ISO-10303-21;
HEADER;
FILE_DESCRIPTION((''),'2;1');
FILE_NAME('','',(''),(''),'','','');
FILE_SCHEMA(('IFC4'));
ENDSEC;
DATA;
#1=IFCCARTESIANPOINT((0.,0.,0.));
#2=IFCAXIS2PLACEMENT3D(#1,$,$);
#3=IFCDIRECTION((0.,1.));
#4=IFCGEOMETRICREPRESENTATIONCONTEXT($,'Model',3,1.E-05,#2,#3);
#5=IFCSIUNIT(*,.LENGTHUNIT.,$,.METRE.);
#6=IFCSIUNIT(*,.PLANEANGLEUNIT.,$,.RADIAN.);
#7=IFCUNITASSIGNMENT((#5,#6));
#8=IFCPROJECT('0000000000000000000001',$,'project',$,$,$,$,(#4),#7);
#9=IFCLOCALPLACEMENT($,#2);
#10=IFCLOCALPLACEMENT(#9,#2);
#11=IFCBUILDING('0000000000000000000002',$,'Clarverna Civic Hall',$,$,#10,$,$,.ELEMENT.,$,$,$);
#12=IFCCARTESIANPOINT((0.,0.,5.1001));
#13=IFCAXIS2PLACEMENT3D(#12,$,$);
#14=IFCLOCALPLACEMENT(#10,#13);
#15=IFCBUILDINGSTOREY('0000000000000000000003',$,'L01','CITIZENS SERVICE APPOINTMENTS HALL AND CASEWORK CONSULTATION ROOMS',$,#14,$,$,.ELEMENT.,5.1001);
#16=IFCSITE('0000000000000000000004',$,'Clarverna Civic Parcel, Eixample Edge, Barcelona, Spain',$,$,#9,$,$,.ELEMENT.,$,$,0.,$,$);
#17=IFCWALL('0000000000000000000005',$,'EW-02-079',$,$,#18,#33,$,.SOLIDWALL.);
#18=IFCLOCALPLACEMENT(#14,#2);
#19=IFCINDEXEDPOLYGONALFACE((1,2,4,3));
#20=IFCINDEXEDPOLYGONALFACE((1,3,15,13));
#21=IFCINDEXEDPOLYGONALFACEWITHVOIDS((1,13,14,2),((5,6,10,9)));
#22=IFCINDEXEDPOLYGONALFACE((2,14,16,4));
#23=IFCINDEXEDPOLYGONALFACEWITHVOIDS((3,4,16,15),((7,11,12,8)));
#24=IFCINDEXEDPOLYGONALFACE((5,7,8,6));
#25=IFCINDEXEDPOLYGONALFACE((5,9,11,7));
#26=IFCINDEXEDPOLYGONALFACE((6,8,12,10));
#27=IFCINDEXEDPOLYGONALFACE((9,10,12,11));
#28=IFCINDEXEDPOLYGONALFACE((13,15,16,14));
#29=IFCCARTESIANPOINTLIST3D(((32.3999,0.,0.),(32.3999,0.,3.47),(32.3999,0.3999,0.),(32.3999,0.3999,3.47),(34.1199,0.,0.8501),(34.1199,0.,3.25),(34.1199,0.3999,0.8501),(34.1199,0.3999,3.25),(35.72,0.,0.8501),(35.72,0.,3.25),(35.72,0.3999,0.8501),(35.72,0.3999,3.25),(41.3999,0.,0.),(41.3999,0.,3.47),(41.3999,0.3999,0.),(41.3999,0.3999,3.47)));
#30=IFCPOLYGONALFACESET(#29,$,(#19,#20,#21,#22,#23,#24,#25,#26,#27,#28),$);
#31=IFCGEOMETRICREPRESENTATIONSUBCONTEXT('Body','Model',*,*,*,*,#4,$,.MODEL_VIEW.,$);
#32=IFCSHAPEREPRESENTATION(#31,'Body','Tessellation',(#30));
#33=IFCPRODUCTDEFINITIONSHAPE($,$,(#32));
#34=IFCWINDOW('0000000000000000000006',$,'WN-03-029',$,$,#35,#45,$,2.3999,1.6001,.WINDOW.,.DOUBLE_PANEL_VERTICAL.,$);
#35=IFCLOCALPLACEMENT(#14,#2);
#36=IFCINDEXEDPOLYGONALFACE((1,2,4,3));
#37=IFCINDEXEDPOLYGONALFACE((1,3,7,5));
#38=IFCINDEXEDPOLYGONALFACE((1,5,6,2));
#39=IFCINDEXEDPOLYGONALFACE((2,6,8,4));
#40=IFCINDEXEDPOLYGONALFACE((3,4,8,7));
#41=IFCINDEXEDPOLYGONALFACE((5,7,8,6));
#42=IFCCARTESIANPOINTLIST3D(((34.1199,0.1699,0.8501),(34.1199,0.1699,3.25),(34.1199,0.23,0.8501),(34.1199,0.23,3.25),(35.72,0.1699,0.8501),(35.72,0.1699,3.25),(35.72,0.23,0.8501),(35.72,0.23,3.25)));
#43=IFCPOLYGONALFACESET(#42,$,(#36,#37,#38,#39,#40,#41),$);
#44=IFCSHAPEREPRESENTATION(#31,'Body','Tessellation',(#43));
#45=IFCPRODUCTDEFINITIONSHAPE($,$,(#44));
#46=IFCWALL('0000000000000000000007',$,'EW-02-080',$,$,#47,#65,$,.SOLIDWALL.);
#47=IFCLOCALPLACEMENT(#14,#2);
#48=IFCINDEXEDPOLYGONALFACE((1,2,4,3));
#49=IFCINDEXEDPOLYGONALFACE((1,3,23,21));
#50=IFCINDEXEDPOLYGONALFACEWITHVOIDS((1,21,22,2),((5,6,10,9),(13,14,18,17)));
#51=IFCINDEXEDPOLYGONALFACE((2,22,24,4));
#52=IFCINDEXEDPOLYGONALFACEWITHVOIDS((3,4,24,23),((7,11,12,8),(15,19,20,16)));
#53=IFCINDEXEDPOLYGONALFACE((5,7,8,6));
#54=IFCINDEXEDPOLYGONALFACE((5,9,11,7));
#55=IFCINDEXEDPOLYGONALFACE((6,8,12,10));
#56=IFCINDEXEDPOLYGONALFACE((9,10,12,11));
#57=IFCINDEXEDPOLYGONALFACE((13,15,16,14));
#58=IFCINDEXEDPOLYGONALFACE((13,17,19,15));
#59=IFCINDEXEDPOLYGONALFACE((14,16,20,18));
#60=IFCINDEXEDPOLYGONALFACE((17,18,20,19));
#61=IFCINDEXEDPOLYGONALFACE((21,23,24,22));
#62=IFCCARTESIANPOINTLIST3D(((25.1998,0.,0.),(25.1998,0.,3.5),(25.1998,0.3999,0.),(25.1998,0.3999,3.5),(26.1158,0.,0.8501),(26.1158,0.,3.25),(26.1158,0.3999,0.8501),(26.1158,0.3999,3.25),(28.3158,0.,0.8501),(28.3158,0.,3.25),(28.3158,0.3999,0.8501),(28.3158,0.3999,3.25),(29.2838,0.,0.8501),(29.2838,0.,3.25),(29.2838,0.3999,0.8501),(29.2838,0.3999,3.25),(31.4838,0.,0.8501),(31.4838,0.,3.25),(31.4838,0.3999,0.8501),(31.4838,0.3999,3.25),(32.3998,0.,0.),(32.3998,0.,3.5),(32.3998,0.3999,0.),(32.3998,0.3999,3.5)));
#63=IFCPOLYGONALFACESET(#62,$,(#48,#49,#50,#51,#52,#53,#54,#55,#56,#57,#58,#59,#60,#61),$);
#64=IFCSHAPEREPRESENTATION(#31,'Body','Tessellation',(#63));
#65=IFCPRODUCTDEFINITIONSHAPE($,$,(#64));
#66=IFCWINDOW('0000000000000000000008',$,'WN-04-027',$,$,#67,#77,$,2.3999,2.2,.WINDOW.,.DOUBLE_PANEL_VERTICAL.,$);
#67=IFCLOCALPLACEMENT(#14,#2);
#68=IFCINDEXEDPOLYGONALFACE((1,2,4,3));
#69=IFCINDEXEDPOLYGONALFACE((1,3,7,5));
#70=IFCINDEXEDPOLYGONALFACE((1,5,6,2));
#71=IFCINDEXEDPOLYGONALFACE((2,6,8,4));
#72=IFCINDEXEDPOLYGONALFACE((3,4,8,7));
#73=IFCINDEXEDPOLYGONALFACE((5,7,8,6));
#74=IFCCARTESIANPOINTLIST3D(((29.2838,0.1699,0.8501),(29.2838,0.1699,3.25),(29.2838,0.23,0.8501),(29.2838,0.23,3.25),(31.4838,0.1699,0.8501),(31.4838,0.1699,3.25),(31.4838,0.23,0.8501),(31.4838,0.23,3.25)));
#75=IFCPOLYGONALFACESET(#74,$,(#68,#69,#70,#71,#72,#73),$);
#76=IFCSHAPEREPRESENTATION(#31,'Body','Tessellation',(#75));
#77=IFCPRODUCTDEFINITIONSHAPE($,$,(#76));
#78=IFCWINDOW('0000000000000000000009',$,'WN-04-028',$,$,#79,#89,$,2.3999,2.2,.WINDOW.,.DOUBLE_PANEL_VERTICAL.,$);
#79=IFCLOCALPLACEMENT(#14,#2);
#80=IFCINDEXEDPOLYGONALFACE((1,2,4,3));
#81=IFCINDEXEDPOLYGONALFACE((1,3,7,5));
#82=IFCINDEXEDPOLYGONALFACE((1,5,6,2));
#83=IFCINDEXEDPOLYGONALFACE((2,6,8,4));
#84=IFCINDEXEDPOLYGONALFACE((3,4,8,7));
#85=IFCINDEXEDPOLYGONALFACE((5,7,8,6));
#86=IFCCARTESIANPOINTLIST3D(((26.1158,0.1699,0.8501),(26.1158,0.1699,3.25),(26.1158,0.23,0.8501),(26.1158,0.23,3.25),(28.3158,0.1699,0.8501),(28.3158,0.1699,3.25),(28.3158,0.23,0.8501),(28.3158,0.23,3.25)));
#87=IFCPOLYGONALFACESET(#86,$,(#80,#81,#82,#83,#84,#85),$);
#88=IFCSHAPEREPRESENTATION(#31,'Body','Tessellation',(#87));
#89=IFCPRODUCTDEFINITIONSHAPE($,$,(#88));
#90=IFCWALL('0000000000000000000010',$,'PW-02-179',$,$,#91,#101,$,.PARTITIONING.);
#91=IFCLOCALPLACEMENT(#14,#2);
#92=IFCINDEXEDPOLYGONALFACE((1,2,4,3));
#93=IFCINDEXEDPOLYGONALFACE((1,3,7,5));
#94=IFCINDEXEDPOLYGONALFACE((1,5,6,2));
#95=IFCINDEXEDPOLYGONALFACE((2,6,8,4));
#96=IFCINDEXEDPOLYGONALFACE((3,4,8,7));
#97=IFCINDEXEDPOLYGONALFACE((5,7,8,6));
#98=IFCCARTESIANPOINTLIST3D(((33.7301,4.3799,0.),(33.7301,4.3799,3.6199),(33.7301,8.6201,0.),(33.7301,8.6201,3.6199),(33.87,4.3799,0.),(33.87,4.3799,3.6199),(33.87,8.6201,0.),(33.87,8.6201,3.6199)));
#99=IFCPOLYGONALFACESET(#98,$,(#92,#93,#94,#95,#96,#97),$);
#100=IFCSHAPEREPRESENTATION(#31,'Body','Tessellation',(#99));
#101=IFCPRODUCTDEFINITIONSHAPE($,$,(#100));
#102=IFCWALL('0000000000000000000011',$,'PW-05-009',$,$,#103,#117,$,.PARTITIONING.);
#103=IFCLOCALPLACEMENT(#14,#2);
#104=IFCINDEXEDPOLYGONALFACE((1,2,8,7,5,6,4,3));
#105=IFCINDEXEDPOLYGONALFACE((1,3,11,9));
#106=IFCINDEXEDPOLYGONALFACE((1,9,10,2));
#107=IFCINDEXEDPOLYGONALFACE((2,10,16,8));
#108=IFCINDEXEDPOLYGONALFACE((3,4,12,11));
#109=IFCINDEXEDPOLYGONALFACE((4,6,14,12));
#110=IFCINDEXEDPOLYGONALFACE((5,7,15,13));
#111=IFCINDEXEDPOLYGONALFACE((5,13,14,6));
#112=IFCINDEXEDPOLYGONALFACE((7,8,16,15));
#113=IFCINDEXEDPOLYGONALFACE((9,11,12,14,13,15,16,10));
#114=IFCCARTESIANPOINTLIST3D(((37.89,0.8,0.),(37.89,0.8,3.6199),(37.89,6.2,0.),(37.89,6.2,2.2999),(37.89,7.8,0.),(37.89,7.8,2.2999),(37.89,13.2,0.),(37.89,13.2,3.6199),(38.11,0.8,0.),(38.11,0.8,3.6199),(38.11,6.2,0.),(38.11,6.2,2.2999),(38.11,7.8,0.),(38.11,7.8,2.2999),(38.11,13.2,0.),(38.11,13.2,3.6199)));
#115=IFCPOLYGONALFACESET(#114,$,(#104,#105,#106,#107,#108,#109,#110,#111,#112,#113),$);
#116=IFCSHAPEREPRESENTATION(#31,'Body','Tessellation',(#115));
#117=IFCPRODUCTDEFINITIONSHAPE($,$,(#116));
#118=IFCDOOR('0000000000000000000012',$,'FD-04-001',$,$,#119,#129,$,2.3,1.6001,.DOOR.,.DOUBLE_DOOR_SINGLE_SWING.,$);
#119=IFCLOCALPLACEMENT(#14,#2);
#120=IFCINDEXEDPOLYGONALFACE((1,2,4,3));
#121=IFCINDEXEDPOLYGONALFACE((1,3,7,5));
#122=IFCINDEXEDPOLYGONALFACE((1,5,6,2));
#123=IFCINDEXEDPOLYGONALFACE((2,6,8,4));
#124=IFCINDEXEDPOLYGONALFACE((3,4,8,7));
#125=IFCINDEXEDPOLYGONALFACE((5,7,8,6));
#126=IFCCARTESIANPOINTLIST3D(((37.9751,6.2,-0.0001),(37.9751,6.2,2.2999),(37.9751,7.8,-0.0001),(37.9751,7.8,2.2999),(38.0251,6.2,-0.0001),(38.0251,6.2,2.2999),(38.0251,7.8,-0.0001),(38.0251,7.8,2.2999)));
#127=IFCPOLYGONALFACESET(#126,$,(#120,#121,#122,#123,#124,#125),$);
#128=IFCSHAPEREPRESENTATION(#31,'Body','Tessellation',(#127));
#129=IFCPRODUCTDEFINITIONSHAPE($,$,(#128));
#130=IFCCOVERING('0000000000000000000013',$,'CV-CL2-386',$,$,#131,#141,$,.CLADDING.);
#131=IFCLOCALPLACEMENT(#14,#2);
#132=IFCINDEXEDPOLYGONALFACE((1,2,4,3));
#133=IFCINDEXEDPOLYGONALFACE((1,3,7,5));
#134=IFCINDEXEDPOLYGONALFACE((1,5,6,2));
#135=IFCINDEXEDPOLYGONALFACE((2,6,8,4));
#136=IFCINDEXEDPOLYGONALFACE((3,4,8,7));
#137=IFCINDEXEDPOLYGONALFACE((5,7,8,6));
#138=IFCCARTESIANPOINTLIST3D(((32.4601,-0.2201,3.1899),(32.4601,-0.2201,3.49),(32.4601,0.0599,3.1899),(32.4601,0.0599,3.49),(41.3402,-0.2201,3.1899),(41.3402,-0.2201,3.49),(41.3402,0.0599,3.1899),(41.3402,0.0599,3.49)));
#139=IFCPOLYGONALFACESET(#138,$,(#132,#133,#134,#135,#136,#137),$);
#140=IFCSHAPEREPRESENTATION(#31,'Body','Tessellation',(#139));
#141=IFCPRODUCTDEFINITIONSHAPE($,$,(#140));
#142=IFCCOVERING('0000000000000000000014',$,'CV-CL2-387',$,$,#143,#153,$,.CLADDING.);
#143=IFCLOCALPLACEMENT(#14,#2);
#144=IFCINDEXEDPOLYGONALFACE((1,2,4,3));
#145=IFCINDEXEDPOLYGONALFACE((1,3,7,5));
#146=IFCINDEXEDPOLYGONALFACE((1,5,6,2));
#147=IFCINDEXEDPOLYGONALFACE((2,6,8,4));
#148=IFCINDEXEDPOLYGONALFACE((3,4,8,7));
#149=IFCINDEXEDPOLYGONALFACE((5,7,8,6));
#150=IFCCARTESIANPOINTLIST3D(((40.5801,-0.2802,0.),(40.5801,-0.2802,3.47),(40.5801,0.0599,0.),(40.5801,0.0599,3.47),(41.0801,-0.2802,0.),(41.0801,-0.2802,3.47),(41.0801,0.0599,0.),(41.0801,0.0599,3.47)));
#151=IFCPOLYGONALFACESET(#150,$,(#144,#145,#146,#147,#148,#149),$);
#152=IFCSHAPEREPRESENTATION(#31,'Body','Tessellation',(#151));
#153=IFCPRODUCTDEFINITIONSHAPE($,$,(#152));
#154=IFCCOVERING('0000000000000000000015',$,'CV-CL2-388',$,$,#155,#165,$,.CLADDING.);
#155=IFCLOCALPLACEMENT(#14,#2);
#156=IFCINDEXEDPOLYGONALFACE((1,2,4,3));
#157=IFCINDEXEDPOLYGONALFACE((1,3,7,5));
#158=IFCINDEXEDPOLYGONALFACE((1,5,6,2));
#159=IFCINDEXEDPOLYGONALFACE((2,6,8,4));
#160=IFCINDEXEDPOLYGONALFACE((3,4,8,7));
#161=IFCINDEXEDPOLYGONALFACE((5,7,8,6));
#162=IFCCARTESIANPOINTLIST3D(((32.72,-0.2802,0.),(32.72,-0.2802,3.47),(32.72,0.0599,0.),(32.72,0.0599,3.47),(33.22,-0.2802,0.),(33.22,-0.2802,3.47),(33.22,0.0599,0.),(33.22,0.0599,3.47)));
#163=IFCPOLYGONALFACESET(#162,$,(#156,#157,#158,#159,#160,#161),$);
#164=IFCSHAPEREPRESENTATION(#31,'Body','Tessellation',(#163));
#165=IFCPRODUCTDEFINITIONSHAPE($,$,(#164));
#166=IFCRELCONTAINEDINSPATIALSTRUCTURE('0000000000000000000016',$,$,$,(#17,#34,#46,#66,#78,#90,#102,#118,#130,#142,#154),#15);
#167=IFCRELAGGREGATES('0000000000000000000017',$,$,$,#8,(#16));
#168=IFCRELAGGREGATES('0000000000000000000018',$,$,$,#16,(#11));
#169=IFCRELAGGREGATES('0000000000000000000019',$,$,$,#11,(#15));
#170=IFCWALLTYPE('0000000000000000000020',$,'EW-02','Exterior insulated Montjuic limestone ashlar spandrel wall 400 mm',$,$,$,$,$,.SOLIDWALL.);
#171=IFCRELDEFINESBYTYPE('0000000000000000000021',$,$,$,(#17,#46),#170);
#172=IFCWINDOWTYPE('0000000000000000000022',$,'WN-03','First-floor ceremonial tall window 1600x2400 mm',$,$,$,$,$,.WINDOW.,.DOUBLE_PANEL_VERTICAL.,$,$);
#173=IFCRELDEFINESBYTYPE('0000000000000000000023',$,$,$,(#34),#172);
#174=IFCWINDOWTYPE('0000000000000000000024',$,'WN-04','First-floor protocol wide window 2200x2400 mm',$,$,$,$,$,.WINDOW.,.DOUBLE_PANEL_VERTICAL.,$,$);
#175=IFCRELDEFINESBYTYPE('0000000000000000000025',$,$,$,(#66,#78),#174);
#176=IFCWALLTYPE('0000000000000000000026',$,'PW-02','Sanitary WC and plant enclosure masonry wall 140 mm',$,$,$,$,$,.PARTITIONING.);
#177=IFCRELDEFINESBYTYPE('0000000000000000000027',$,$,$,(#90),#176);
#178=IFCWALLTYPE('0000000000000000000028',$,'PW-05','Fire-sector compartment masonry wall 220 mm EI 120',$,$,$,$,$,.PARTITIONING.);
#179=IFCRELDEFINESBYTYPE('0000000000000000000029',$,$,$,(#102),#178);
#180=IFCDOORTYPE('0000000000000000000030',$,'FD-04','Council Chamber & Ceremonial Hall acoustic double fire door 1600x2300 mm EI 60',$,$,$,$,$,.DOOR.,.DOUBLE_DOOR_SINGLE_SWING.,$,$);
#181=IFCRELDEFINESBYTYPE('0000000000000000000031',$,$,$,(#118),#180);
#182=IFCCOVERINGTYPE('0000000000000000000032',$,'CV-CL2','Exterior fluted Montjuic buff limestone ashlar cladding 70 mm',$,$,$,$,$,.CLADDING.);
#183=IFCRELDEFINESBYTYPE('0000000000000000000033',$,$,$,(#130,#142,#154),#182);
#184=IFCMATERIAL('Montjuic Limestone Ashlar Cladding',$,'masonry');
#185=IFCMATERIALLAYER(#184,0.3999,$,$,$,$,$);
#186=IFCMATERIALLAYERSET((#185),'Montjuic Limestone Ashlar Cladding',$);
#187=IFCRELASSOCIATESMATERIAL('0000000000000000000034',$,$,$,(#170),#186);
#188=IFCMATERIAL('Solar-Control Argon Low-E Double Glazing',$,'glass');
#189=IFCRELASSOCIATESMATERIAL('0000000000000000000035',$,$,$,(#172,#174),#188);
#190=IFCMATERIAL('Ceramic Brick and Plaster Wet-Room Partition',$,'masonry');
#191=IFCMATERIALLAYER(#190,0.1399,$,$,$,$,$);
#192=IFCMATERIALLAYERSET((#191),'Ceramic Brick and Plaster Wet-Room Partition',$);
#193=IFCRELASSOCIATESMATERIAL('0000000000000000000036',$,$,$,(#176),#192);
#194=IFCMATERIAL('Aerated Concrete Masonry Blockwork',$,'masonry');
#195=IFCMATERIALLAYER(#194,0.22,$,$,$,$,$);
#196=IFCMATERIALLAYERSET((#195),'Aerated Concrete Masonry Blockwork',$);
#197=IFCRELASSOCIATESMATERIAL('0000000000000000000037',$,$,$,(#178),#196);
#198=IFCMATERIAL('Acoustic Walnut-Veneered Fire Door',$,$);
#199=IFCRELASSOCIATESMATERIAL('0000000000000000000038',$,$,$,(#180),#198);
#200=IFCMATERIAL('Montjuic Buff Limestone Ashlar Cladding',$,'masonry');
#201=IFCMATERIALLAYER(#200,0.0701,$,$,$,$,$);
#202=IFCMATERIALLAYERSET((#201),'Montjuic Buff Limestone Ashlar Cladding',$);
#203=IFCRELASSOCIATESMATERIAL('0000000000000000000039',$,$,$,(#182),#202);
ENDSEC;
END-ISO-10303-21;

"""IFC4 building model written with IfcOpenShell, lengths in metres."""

from ifc_helpers import new_model, si_unit, direction, frame, frame_2d, origin, place, context, subcontext, project, spatial, rectangle, extrude, material, layer, layer_set, type_object, element, fill, save


model = new_model("IFC4")

# Units and contexts
model_context = context("Model", 3, precision=1e-05, world=origin(), true_north=direction((0.0, 1.0)))
body_context = subcontext(model_context, "Body", "Model", "MODEL_VIEW")
ifc_project = project(units=[si_unit("LENGTHUNIT", "METRE"), si_unit("PLANEANGLEUNIT", "RADIAN")], contexts=[model_context])

# Site, building, storey
site_placement = place(None, origin())
site = spatial("IfcSite", under=ifc_project, at=site_placement, Name="Clarverna Civic Parcel, Eixample Edge, Barcelona, Spain", CompositionType="ELEMENT", RefElevation=0.0)
building_placement = place(site_placement, origin())
building = spatial("IfcBuilding", under=site, at=building_placement, Name="Clarverna Civic Hall", CompositionType="ELEMENT")
storey_placement = place(building_placement, frame((0.0, 0.0, 5.1001)))
storey = spatial("IfcBuildingStorey", under=building, at=storey_placement, Name="L01", Description="CITIZENS SERVICE APPOINTMENTS HALL AND CASEWORK CONSULTATION ROOMS", CompositionType="ELEMENT", Elevation=5.1001)

# Wall, opening, window
ifc_material_1 = material(Name="Montjuic Limestone Ashlar Cladding", Category="masonry")
ifc_layer_1 = layer(ifc_material_1, 0.3999)
ifc_layer_set_1 = layer_set([ifc_layer_1], Name="Montjuic Limestone Ashlar Cladding")
wall_type_1 = type_object("IfcWallType", Name="EW-02", Description="Exterior insulated Montjuic limestone ashlar spandrel wall 400 mm", PredefinedType="SOLIDWALL", material=ifc_layer_set_1)
wall_1_placement = place(storey_placement, frame((41.3999, 0.2, 0.0), z_axis=(0.0, 0.0, 1.0), x_axis=(-1.0, 0.0, 0.0)))
wall_1 = element("IfcWall", 1, at=wall_1_placement, inside=storey, type_object=wall_type_1, Name="EW-02-079", PredefinedType="SOLIDWALL", context=body_context, shape_type="SweptSolid", body=[
    extrude(rectangle(XDim=9.0, YDim=0.3999, at=frame_2d((4.5, 0.0))), origin(), (0.0, 0.0, 1.0), 3.47),
])
opening_1_placement = place(wall_1_placement, frame((5.6799, 0.0, 0.8501)))
opening_1 = element("IfcOpeningElement", 2, at=opening_1_placement, cuts=wall_1, PredefinedType="OPENING", context=body_context, shape_type="SweptSolid", body=[
    extrude(rectangle(XDim=1.6001, YDim=2.3999, at=frame_2d((0.8, 1.2))), frame((0.0, 0.21, 0.0), z_axis=(0.0, -1.0, 0.0), x_axis=(1.0, 0.0, 0.0)), (0.0, 0.0, 1.0), 0.4199),
])
ifc_material_2 = material(Name="Solar-Control Argon Low-E Double Glazing", Category="glass")
window_type_1 = type_object("IfcWindowType", Name="WN-03", Description="First-floor ceremonial tall window 1600x2400 mm", PartitioningType="DOUBLE_PANEL_VERTICAL", PredefinedType="WINDOW", material=ifc_material_2)
window_1_placement = place(opening_1_placement, origin())
window_1 = element("IfcWindow", 3, at=window_1_placement, inside=storey, type_object=window_type_1, Name="WN-03-029", OverallHeight=2.3999, OverallWidth=1.6001, PartitioningType="DOUBLE_PANEL_VERTICAL", PredefinedType="WINDOW", context=body_context, shape_type="SweptSolid", body=[
    extrude(rectangle(XDim=1.6001, YDim=2.3999, at=frame_2d((0.8, 1.2))), frame((0.0, 0.03, 0.0), z_axis=(0.0, -1.0, 0.0), x_axis=(1.0, 0.0, 0.0)), (0.0, 0.0, 1.0), 0.0601),
])
fill(opening_1, window_1)

# Wall, openings, windows
wall_2_placement = place(storey_placement, frame((32.3999, 0.2, 0.0), z_axis=(0.0, 0.0, 1.0), x_axis=(-1.0, 0.0, 0.0)))
wall_2 = element("IfcWall", 4, at=wall_2_placement, inside=storey, type_object=wall_type_1, Name="EW-02-080", PredefinedType="SOLIDWALL", context=body_context, shape_type="SweptSolid", body=[
    extrude(rectangle(XDim=7.2, YDim=0.3999, at=frame_2d((3.6001, 0.0))), origin(), (0.0, 0.0, 1.0), 3.5),
])
opening_2_placement = place(wall_2_placement, frame((0.916, 0.0, 0.8501)))
opening_2 = element("IfcOpeningElement", 5, at=opening_2_placement, cuts=wall_2, PredefinedType="OPENING", context=body_context, shape_type="SweptSolid", body=[
    extrude(rectangle(XDim=2.2, YDim=2.3999, at=frame_2d((1.1001, 1.2))), frame((0.0, 0.21, 0.0), z_axis=(0.0, -1.0, 0.0), x_axis=(1.0, 0.0, 0.0)), (0.0, 0.0, 1.0), 0.4199),
])
opening_3_placement = place(wall_2_placement, frame((4.084, 0.0, 0.8501)))
opening_3 = element("IfcOpeningElement", 6, at=opening_3_placement, cuts=wall_2, PredefinedType="OPENING", context=body_context, shape_type="SweptSolid", body=[
    extrude(rectangle(XDim=2.2, YDim=2.3999, at=frame_2d((1.1001, 1.2))), frame((0.0, 0.21, 0.0), z_axis=(0.0, -1.0, 0.0), x_axis=(1.0, 0.0, 0.0)), (0.0, 0.0, 1.0), 0.4199),
])
window_type_2 = type_object("IfcWindowType", Name="WN-04", Description="First-floor protocol wide window 2200x2400 mm", PartitioningType="DOUBLE_PANEL_VERTICAL", PredefinedType="WINDOW", material=ifc_material_2)
window_2_placement = place(opening_2_placement, origin())
window_2 = element("IfcWindow", 7, at=window_2_placement, inside=storey, type_object=window_type_2, Name="WN-04-027", OverallHeight=2.3999, OverallWidth=2.2, PartitioningType="DOUBLE_PANEL_VERTICAL", PredefinedType="WINDOW", context=body_context, shape_type="SweptSolid", body=[
    extrude(rectangle(XDim=2.2, YDim=2.3999, at=frame_2d((1.1001, 1.2))), frame((0.0, 0.03, 0.0), z_axis=(0.0, -1.0, 0.0), x_axis=(1.0, 0.0, 0.0)), (0.0, 0.0, 1.0), 0.0601),
])
fill(opening_2, window_2)
window_3_placement = place(opening_3_placement, origin())
window_3 = element("IfcWindow", 8, at=window_3_placement, inside=storey, type_object=window_type_2, Name="WN-04-028", OverallHeight=2.3999, OverallWidth=2.2, PartitioningType="DOUBLE_PANEL_VERTICAL", PredefinedType="WINDOW", context=body_context, shape_type="SweptSolid", body=[
    extrude(rectangle(XDim=2.2, YDim=2.3999, at=frame_2d((1.1001, 1.2))), frame((0.0, 0.03, 0.0), z_axis=(0.0, -1.0, 0.0), x_axis=(1.0, 0.0, 0.0)), (0.0, 0.0, 1.0), 0.0601),
])
fill(opening_3, window_3)

# Wall
ifc_material_3 = material(Name="Ceramic Brick and Plaster Wet-Room Partition", Category="masonry")
ifc_layer_2 = layer(ifc_material_3, 0.1399)
ifc_layer_set_2 = layer_set([ifc_layer_2], Name="Ceramic Brick and Plaster Wet-Room Partition")
wall_type_2 = type_object("IfcWallType", Name="PW-02", Description="Sanitary WC and plant enclosure masonry wall 140 mm", PredefinedType="PARTITIONING", material=ifc_layer_set_2)
wall_3_placement = place(storey_placement, frame((33.8, 4.3799, 0.0), z_axis=(0.0, 0.0, 1.0), x_axis=(0.0, 1.0, 0.0)))
element("IfcWall", 9, at=wall_3_placement, inside=storey, type_object=wall_type_2, Name="PW-02-179", PredefinedType="PARTITIONING", context=body_context, shape_type="SweptSolid", body=[
    extrude(rectangle(XDim=4.2402, YDim=0.1399, at=frame_2d((2.1201, 0.0))), origin(), (0.0, 0.0, 1.0), 3.6199),
])

# Wall, opening, door
ifc_material_4 = material(Name="Aerated Concrete Masonry Blockwork", Category="masonry")
ifc_layer_3 = layer(ifc_material_4, 0.22)
ifc_layer_set_3 = layer_set([ifc_layer_3], Name="Aerated Concrete Masonry Blockwork")
wall_type_3 = type_object("IfcWallType", Name="PW-05", Description="Fire-sector compartment masonry wall 220 mm EI 120", PredefinedType="PARTITIONING", material=ifc_layer_set_3)
wall_4_placement = place(storey_placement, frame((38.0, 0.8, 0.0), z_axis=(0.0, 0.0, 1.0), x_axis=(0.0, 1.0, 0.0)))
wall_4 = element("IfcWall", 10, at=wall_4_placement, inside=storey, type_object=wall_type_3, Name="PW-05-009", PredefinedType="PARTITIONING", context=body_context, shape_type="SweptSolid", body=[
    extrude(rectangle(XDim=12.3999, YDim=0.22, at=frame_2d((6.2, 0.0))), origin(), (0.0, 0.0, 1.0), 3.6199),
])
opening_4_placement = place(wall_4_placement, frame((5.3999, 0.0, 0.0)))
opening_4 = element("IfcOpeningElement", 11, at=opening_4_placement, cuts=wall_4, PredefinedType="OPENING", context=body_context, shape_type="SweptSolid", body=[
    extrude(rectangle(XDim=1.6001, YDim=2.3, at=frame_2d((0.8, 1.1499))), frame((0.0, 0.1199, 0.0), z_axis=(0.0, -1.0, 0.0), x_axis=(1.0, 0.0, 0.0)), (0.0, 0.0, 1.0), 0.24),
])
ifc_material_5 = material(Name="Acoustic Walnut-Veneered Fire Door")
door_type = type_object("IfcDoorType", Name="FD-04", Description="Council Chamber & Ceremonial Hall acoustic double fire door 1600x2300 mm EI 60", OperationType="DOUBLE_DOOR_SINGLE_SWING", PredefinedType="DOOR", material=ifc_material_5)
door_placement = place(opening_4_placement, origin())
door = element("IfcDoor", 12, at=door_placement, inside=storey, type_object=door_type, Name="FD-04-001", OperationType="DOUBLE_DOOR_SINGLE_SWING", OverallHeight=2.3, OverallWidth=1.6001, PredefinedType="DOOR", context=body_context, shape_type="SweptSolid", body=[
    extrude(rectangle(XDim=1.6001, YDim=2.3, at=frame_2d((0.8, 1.1499))), frame((0.0, 0.0249, 0.0), z_axis=(0.0, -1.0, 0.0), x_axis=(1.0, 0.0, 0.0)), (0.0, 0.0, 1.0), 0.05),
])
fill(opening_4, door)

# Coverings
ifc_material_6 = material(Name="Montjuic Buff Limestone Ashlar Cladding", Category="masonry")
ifc_layer_4 = layer(ifc_material_6, 0.0701)
ifc_layer_set_4 = layer_set([ifc_layer_4], Name="Montjuic Buff Limestone Ashlar Cladding")
covering_type = type_object("IfcCoveringType", Name="CV-CL2", Description="Exterior fluted Montjuic buff limestone ashlar cladding 70 mm", PredefinedType="CLADDING", material=ifc_layer_set_4)
covering_1_placement = place(storey_placement, frame((41.3401, -0.0801, 3.1899), z_axis=(0.0, 0.0, 1.0), x_axis=(-1.0, 0.0, 0.0)))
element("IfcCovering", 13, at=covering_1_placement, inside=storey, type_object=covering_type, Name="CV-CL2-386", PredefinedType="CLADDING", context=body_context, shape_type="SweptSolid", body=[
    extrude(rectangle(XDim=8.8801, YDim=0.28, at=frame_2d((4.4399, 0.0))), origin(), (0.0, 0.0, 1.0), 0.3),
])
for number, where, z_axis, x_axis, name in (
    (14, (41.0801, -0.1101, 0.0), (0.0, 0.0, 1.0), (-1.0, 0.0, 0.0), "CV-CL2-387"),
    (15, (33.22, -0.1101, 0.0), (0.0, 0.0, 1.0), (-1.0, 0.0, 0.0), "CV-CL2-388"),
):
    element("IfcCovering", number, at=place(storey_placement, frame(where, z_axis=z_axis, x_axis=x_axis)), inside=storey, type_object=covering_type, Name=name, PredefinedType="CLADDING", context=body_context, shape_type="SweptSolid", body=[
        extrude(rectangle(XDim=0.5, YDim=0.3401, at=frame_2d((0.25, 0.0))), origin(), (0.0, 0.0, 1.0), 3.47),
    ])

save(model, "model.ifc")
